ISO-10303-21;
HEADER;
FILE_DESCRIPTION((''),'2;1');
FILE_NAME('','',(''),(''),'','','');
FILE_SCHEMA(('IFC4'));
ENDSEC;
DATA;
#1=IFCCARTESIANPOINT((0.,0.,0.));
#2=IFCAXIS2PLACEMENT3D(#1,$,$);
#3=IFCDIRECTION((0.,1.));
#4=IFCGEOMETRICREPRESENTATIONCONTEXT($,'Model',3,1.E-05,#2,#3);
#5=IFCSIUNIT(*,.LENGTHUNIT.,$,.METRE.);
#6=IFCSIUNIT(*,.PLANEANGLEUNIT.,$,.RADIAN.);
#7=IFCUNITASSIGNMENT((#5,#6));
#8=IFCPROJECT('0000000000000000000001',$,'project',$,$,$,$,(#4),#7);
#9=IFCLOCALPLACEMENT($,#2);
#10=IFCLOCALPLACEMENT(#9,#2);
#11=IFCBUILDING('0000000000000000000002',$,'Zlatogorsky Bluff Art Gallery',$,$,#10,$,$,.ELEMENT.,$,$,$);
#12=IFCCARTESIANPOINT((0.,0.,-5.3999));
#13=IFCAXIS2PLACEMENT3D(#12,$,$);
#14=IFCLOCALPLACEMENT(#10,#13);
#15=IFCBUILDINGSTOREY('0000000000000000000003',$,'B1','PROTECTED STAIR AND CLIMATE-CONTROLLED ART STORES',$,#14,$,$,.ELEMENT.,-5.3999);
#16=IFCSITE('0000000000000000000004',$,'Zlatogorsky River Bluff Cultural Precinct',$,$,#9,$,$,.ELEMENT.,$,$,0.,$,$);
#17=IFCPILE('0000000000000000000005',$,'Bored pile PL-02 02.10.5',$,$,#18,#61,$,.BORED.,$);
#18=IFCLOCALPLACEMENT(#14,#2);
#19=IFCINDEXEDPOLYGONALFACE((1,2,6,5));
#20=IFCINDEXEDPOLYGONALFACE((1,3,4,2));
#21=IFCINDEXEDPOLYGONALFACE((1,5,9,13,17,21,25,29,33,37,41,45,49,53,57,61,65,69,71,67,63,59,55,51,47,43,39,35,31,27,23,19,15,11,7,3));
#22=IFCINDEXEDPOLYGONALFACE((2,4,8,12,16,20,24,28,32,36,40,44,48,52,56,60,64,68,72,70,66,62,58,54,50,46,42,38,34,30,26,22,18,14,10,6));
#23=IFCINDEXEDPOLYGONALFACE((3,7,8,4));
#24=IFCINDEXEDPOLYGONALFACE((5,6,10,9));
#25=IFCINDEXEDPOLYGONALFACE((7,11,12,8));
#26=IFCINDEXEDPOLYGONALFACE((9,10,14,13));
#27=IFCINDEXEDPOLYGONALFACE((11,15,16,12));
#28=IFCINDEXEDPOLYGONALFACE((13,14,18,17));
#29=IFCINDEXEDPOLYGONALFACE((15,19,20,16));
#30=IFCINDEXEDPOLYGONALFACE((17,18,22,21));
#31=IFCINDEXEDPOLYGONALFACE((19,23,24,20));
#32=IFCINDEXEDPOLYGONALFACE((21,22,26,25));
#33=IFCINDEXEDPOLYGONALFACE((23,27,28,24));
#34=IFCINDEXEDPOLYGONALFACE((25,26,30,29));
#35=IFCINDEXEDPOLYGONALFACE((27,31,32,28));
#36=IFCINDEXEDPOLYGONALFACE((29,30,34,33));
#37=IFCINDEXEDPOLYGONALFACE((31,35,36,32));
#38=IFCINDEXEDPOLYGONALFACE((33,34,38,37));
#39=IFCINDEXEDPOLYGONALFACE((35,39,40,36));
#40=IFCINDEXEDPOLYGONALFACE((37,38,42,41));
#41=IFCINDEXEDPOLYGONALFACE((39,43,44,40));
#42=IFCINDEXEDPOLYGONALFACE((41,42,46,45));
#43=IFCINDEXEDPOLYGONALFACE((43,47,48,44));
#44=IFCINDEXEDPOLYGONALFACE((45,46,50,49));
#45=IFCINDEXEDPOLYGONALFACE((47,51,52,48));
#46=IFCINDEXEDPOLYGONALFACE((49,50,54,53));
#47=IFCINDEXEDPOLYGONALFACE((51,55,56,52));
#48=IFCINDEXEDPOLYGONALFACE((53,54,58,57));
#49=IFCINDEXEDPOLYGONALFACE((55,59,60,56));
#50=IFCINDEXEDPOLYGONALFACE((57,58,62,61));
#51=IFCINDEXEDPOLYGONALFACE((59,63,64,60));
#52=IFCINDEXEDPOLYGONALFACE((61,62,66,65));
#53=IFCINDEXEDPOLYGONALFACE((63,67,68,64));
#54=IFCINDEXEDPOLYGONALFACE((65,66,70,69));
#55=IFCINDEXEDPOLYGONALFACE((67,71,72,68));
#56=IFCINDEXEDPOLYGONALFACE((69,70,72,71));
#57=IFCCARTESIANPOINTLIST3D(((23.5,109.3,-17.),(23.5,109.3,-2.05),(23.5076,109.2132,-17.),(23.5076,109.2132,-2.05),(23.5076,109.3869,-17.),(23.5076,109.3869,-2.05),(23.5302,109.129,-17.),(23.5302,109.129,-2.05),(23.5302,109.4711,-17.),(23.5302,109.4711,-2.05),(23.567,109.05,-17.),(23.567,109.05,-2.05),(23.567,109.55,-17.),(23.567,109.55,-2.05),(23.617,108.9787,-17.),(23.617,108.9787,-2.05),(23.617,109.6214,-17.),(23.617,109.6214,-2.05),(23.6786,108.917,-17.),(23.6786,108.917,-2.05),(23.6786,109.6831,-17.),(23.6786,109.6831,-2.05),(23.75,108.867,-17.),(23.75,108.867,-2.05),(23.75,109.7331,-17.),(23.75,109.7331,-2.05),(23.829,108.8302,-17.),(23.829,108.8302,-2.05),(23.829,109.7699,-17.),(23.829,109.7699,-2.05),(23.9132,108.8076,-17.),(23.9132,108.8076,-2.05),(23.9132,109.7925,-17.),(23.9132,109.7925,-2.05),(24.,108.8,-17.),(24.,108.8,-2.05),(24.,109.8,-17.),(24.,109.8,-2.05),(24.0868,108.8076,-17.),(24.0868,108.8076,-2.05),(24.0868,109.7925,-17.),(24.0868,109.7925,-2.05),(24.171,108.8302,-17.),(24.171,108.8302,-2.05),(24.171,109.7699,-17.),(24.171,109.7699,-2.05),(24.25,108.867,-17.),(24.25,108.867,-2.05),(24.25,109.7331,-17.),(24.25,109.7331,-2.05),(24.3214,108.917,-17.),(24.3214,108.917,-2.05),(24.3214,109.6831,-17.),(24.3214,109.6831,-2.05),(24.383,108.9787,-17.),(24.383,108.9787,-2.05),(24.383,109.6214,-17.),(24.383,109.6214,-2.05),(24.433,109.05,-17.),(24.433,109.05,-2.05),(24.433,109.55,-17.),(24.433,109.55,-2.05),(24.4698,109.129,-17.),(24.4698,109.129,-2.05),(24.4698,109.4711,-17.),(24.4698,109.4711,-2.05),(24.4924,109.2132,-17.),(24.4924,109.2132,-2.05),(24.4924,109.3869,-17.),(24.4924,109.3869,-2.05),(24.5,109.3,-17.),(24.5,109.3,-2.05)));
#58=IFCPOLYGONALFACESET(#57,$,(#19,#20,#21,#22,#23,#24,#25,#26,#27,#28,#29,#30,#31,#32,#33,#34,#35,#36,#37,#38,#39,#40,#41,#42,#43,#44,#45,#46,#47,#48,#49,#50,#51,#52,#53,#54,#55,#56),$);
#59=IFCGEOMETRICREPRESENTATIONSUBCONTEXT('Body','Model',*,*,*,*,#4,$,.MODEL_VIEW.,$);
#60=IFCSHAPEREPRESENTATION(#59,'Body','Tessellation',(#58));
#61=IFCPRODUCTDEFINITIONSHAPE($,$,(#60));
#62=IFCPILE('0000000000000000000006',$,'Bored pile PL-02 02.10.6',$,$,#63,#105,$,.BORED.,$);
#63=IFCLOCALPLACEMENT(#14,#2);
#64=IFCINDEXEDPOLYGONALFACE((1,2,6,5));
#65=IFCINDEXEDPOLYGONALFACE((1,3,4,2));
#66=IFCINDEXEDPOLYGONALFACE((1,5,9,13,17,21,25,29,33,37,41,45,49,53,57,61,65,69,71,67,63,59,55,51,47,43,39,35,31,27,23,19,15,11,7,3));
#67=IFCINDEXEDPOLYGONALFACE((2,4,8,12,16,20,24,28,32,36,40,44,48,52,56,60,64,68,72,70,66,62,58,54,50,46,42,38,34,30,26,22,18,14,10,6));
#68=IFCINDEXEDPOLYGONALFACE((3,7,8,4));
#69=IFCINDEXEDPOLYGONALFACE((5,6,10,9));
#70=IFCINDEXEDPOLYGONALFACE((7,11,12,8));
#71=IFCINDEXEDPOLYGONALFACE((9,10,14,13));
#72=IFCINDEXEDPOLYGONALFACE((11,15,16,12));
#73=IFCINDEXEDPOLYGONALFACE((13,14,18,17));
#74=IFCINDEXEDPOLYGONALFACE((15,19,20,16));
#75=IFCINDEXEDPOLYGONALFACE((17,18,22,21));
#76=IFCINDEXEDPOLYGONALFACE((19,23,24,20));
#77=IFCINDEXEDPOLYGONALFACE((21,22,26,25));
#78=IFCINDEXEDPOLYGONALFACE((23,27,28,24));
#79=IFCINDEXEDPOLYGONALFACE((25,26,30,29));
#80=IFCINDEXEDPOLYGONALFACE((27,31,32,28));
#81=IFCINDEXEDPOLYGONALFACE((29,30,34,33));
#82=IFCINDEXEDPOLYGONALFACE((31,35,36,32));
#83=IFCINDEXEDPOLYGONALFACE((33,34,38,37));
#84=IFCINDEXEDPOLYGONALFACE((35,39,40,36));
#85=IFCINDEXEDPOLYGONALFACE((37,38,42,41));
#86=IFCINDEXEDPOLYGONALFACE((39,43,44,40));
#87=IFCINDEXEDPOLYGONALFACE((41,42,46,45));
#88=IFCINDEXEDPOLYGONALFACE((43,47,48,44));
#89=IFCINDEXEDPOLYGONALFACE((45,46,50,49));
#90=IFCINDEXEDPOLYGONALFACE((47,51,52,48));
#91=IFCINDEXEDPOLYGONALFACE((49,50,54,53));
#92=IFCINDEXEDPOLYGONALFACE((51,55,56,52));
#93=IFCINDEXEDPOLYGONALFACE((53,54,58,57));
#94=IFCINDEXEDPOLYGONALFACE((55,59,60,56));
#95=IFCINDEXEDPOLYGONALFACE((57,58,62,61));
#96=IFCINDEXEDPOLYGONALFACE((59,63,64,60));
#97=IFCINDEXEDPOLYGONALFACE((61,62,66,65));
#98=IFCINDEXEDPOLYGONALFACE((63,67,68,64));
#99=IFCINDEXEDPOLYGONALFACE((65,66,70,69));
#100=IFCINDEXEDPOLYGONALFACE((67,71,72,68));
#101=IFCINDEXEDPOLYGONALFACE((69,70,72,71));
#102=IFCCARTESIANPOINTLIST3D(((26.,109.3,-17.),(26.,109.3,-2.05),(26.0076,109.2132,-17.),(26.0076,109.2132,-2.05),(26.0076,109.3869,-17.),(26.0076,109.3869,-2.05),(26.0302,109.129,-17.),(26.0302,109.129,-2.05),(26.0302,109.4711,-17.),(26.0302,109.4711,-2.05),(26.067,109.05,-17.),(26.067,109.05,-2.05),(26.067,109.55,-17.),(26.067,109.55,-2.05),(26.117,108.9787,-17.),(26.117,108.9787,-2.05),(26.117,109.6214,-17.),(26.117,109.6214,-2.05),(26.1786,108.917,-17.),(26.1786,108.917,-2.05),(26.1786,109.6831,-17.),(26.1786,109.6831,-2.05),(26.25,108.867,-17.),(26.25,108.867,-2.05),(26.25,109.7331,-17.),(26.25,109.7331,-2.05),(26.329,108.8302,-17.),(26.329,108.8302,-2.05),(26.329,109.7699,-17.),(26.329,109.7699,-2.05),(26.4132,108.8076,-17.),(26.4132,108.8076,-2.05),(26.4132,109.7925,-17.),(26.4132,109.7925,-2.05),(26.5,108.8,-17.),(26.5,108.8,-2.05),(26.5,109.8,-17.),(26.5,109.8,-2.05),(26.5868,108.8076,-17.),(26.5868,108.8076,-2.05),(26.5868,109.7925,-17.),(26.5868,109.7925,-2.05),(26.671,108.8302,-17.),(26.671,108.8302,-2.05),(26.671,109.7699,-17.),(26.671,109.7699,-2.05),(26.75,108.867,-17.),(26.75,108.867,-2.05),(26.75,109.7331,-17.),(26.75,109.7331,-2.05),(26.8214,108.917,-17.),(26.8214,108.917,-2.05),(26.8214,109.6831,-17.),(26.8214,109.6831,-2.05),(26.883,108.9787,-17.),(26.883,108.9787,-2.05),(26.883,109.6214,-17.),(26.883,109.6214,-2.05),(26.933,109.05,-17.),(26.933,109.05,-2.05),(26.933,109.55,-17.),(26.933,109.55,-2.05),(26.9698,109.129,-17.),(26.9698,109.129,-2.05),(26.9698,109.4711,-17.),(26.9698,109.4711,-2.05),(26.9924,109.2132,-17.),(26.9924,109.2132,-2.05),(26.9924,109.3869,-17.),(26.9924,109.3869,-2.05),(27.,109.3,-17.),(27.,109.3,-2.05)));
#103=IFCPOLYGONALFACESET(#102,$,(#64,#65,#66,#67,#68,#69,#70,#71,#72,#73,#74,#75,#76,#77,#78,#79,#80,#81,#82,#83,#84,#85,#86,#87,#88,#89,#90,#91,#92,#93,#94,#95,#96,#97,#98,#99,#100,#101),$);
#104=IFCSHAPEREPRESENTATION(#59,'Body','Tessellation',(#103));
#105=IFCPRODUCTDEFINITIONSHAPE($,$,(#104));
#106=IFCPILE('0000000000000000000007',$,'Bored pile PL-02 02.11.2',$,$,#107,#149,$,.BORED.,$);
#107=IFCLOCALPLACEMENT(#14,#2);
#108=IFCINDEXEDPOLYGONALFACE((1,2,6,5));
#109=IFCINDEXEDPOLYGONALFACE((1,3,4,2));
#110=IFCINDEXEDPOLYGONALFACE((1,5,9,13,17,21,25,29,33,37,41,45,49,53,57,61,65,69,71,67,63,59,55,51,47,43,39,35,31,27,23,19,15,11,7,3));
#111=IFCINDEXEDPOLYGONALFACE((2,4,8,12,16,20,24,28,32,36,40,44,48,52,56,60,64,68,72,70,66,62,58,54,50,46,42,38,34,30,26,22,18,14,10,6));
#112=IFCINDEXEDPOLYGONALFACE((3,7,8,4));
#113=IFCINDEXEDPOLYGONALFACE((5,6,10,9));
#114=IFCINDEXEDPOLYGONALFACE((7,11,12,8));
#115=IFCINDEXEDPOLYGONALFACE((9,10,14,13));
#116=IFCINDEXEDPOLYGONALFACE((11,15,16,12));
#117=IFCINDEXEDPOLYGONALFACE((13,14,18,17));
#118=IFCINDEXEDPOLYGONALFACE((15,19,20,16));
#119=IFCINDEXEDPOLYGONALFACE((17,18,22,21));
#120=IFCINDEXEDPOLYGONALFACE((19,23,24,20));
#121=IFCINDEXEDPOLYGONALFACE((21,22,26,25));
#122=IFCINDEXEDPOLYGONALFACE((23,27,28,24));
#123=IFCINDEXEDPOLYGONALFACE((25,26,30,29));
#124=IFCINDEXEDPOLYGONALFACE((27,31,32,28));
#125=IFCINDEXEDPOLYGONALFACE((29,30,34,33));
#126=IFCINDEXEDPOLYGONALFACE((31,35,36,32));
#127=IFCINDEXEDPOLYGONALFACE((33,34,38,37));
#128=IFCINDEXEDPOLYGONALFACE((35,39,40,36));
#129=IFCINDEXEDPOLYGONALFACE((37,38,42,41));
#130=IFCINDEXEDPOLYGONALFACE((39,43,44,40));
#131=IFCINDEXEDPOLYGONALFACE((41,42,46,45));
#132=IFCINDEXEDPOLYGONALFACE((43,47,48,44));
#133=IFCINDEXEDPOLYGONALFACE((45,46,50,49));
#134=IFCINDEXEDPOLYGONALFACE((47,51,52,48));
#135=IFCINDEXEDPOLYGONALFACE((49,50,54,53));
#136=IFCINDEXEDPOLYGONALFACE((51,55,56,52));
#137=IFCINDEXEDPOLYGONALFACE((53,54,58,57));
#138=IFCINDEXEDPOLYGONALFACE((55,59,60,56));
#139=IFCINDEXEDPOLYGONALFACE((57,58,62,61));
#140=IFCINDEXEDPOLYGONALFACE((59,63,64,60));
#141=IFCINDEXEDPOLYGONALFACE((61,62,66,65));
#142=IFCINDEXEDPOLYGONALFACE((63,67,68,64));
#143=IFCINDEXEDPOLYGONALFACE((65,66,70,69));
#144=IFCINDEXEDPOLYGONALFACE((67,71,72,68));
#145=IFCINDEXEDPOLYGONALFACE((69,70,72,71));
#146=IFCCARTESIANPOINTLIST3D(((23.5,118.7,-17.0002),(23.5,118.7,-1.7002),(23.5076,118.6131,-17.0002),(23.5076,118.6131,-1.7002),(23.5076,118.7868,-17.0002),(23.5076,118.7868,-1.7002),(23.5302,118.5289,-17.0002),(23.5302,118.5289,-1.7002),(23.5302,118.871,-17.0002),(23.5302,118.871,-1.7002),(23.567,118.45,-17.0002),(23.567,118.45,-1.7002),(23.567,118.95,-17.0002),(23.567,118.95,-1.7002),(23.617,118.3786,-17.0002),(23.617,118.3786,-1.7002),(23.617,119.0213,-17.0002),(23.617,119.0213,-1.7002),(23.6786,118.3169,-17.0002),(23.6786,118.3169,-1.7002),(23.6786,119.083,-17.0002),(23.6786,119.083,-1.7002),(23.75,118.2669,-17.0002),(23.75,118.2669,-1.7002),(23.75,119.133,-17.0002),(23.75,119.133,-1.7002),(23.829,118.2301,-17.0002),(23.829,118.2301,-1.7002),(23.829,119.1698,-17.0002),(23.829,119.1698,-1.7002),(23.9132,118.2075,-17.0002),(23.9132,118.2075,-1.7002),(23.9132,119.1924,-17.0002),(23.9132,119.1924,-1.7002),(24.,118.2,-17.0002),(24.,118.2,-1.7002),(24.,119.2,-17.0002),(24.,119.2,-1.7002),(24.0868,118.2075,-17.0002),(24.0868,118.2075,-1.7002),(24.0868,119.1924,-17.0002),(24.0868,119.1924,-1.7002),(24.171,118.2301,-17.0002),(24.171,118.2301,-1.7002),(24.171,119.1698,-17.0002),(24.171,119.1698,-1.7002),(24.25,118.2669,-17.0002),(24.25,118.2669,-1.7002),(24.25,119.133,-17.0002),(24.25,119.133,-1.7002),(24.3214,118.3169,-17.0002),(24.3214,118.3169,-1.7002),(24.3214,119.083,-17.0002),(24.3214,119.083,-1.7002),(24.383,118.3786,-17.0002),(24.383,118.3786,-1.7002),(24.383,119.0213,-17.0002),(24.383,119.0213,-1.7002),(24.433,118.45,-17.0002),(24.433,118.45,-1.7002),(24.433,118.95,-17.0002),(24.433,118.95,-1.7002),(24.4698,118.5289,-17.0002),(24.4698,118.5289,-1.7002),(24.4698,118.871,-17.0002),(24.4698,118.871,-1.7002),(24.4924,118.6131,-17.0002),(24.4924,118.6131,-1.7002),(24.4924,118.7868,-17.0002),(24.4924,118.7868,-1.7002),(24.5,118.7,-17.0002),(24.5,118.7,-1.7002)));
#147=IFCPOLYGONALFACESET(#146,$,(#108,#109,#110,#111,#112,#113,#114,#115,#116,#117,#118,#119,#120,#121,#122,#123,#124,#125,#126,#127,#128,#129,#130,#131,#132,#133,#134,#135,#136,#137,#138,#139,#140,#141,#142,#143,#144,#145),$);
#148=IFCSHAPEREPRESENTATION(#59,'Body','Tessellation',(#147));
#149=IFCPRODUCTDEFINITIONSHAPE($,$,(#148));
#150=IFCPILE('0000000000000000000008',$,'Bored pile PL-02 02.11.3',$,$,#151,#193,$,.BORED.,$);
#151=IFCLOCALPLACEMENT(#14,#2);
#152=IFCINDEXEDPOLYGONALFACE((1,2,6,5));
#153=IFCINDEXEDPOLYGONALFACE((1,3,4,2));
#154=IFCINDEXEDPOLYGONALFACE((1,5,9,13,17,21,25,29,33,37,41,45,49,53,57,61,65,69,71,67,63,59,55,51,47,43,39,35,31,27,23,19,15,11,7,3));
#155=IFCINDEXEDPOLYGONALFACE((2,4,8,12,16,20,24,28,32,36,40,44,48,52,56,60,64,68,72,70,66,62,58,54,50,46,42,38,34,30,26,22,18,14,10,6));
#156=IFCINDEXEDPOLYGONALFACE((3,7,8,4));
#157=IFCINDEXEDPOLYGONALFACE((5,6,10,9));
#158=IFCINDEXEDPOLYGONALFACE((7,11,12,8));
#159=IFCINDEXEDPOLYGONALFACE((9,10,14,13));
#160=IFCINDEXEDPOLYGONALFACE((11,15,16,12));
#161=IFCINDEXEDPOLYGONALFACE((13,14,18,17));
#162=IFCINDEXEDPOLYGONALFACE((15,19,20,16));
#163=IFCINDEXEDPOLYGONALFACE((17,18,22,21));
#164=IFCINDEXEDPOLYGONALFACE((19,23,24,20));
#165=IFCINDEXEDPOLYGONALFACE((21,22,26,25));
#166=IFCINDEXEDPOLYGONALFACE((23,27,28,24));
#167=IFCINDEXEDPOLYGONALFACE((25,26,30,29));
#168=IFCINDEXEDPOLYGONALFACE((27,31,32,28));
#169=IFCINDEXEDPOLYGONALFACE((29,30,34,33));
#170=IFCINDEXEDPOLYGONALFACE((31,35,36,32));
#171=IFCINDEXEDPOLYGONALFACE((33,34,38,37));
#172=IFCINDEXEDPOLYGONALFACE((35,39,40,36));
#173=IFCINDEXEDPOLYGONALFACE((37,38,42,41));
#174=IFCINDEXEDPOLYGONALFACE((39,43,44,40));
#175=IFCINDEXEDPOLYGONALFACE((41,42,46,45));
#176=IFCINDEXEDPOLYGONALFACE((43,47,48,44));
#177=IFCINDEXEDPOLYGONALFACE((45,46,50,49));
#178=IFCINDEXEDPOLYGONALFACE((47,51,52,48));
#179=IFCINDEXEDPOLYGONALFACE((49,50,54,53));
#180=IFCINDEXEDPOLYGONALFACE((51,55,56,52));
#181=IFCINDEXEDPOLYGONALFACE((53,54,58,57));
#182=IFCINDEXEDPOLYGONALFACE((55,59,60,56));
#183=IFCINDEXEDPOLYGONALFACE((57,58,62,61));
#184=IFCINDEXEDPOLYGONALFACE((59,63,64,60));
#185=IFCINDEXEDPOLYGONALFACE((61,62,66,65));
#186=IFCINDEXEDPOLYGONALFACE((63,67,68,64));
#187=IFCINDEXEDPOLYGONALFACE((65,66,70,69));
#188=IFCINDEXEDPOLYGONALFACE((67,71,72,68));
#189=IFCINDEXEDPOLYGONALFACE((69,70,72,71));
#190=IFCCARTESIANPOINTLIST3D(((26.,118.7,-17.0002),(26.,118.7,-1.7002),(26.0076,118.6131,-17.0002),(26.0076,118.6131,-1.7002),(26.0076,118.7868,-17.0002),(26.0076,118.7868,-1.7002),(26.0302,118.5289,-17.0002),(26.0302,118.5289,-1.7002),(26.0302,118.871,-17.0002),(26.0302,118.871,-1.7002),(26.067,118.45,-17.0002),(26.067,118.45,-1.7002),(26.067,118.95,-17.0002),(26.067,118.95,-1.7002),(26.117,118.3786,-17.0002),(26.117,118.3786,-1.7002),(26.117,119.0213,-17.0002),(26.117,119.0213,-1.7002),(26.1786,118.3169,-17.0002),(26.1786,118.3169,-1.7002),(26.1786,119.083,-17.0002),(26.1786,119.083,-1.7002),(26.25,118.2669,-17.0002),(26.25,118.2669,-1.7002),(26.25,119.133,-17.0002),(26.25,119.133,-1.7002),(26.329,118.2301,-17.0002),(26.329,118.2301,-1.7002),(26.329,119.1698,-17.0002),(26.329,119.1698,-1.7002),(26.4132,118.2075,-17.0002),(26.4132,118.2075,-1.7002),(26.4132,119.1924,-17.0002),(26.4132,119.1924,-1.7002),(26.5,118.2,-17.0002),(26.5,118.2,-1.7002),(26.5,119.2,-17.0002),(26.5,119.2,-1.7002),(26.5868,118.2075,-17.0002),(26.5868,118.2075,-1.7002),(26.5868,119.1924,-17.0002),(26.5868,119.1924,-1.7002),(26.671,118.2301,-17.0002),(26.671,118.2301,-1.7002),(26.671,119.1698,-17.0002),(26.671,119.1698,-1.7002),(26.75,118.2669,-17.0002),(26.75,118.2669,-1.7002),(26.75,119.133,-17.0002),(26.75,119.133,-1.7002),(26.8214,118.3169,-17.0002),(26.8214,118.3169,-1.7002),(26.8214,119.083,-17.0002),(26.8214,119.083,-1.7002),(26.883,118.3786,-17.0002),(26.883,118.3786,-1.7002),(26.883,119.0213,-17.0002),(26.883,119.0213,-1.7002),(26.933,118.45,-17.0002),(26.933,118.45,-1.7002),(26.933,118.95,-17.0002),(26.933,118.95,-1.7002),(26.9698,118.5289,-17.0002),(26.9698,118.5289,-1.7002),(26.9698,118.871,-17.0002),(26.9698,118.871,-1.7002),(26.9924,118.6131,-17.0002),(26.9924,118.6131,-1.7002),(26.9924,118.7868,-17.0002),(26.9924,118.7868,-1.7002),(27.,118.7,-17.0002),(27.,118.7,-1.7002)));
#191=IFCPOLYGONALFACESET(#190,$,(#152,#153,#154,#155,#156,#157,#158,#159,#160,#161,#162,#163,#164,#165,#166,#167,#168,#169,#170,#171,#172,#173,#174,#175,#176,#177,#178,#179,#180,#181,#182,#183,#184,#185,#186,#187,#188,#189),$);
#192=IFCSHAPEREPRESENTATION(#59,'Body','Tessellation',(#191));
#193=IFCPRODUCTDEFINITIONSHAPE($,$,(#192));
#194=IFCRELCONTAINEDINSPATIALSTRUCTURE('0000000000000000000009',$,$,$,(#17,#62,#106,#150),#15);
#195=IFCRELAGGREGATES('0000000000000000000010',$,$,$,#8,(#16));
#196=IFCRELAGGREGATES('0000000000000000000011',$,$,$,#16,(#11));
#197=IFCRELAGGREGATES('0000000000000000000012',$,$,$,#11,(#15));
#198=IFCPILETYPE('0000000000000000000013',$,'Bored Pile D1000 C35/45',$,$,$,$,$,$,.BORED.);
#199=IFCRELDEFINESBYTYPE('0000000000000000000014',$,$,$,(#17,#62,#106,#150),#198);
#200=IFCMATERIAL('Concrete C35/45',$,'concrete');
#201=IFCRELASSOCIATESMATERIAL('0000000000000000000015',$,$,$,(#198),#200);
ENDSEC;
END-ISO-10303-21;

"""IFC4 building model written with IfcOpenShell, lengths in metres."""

from ifc_helpers import new_model, si_unit, direction, frame, origin, origin_2d, place, context, subcontext, project, spatial, circle, extrude, material, material_profile, profile_set, type_object, element, save


model = new_model("IFC4")

# Units and contexts
model_context = context("Model", 3, precision=1e-05, world=origin(), true_north=direction((0.0, 1.0)))
body_context = subcontext(model_context, "Body", "Model", "MODEL_VIEW")
ifc_project = project(units=[si_unit("LENGTHUNIT", "METRE"), si_unit("PLANEANGLEUNIT", "RADIAN")], contexts=[model_context])

# Site, building, storey
site_placement = place(None, origin())
site = spatial("IfcSite", under=ifc_project, at=site_placement, Name="Zlatogorsky River Bluff Cultural Precinct", CompositionType="ELEMENT", RefElevation=0.0)
building_placement = place(site_placement, origin())
building = spatial("IfcBuilding", under=site, at=building_placement, Name="Zlatogorsky Bluff Art Gallery", CompositionType="ELEMENT")
storey_placement = place(building_placement, frame((0.0, 0.0, -5.3999)))
storey = spatial("IfcBuildingStorey", under=building, at=storey_placement, Name="B1", Description="PROTECTED STAIR AND CLIMATE-CONTROLLED ART STORES", CompositionType="ELEMENT", Elevation=-5.3999)

# Piles
ifc_material_1 = material(Name="Concrete C35/45", Category="concrete")
ifc_material_profile_1 = material_profile(ifc_material_1, circle(Radius=0.5, at=origin_2d()), Name="BORED PILE D1000")
ifc_profile_set_1 = profile_set([ifc_material_profile_1], Name="Concrete C35/45")
pile_type = type_object("IfcPileType", Name="Bored Pile D1000 C35/45", PredefinedType="BORED", material=ifc_profile_set_1)
for number, where, z_axis, x_axis, name in (
    (1, (24.0, 109.3, -2.05), (0.0, 0.0, -1.0), (1.0, 0.0, 0.0), "Bored pile PL-02 02.10.5"),
    (2, (26.5, 109.3, -2.05), (0.0, 0.0, -1.0), (1.0, 0.0, 0.0), "Bored pile PL-02 02.10.6"),
):
    element("IfcPile", number, at=place(storey_placement, frame(where, z_axis=z_axis, x_axis=x_axis)), inside=storey, type_object=pile_type, Name=name, PredefinedType="BORED", context=body_context, shape_type="SweptSolid", body=[
        extrude(circle(Radius=0.5, at=origin_2d()), origin(), (0.0, 0.0, 1.0), 14.95),
    ])
for number, where, z_axis, x_axis, name in (
    (3, (24.0, 118.7, -1.7002), (0.0, 0.0, -1.0), (1.0, 0.0, 0.0), "Bored pile PL-02 02.11.2"),
    (4, (26.5, 118.7, -1.7002), (0.0, 0.0, -1.0), (1.0, 0.0, 0.0), "Bored pile PL-02 02.11.3"),
):
    element("IfcPile", number, at=place(storey_placement, frame(where, z_axis=z_axis, x_axis=x_axis)), inside=storey, type_object=pile_type, Name=name, PredefinedType="BORED", context=body_context, shape_type="SweptSolid", body=[
        extrude(circle(Radius=0.5, at=origin_2d()), origin(), (0.0, 0.0, 1.0), 15.3),
    ])

save(model, "model.ifc")
